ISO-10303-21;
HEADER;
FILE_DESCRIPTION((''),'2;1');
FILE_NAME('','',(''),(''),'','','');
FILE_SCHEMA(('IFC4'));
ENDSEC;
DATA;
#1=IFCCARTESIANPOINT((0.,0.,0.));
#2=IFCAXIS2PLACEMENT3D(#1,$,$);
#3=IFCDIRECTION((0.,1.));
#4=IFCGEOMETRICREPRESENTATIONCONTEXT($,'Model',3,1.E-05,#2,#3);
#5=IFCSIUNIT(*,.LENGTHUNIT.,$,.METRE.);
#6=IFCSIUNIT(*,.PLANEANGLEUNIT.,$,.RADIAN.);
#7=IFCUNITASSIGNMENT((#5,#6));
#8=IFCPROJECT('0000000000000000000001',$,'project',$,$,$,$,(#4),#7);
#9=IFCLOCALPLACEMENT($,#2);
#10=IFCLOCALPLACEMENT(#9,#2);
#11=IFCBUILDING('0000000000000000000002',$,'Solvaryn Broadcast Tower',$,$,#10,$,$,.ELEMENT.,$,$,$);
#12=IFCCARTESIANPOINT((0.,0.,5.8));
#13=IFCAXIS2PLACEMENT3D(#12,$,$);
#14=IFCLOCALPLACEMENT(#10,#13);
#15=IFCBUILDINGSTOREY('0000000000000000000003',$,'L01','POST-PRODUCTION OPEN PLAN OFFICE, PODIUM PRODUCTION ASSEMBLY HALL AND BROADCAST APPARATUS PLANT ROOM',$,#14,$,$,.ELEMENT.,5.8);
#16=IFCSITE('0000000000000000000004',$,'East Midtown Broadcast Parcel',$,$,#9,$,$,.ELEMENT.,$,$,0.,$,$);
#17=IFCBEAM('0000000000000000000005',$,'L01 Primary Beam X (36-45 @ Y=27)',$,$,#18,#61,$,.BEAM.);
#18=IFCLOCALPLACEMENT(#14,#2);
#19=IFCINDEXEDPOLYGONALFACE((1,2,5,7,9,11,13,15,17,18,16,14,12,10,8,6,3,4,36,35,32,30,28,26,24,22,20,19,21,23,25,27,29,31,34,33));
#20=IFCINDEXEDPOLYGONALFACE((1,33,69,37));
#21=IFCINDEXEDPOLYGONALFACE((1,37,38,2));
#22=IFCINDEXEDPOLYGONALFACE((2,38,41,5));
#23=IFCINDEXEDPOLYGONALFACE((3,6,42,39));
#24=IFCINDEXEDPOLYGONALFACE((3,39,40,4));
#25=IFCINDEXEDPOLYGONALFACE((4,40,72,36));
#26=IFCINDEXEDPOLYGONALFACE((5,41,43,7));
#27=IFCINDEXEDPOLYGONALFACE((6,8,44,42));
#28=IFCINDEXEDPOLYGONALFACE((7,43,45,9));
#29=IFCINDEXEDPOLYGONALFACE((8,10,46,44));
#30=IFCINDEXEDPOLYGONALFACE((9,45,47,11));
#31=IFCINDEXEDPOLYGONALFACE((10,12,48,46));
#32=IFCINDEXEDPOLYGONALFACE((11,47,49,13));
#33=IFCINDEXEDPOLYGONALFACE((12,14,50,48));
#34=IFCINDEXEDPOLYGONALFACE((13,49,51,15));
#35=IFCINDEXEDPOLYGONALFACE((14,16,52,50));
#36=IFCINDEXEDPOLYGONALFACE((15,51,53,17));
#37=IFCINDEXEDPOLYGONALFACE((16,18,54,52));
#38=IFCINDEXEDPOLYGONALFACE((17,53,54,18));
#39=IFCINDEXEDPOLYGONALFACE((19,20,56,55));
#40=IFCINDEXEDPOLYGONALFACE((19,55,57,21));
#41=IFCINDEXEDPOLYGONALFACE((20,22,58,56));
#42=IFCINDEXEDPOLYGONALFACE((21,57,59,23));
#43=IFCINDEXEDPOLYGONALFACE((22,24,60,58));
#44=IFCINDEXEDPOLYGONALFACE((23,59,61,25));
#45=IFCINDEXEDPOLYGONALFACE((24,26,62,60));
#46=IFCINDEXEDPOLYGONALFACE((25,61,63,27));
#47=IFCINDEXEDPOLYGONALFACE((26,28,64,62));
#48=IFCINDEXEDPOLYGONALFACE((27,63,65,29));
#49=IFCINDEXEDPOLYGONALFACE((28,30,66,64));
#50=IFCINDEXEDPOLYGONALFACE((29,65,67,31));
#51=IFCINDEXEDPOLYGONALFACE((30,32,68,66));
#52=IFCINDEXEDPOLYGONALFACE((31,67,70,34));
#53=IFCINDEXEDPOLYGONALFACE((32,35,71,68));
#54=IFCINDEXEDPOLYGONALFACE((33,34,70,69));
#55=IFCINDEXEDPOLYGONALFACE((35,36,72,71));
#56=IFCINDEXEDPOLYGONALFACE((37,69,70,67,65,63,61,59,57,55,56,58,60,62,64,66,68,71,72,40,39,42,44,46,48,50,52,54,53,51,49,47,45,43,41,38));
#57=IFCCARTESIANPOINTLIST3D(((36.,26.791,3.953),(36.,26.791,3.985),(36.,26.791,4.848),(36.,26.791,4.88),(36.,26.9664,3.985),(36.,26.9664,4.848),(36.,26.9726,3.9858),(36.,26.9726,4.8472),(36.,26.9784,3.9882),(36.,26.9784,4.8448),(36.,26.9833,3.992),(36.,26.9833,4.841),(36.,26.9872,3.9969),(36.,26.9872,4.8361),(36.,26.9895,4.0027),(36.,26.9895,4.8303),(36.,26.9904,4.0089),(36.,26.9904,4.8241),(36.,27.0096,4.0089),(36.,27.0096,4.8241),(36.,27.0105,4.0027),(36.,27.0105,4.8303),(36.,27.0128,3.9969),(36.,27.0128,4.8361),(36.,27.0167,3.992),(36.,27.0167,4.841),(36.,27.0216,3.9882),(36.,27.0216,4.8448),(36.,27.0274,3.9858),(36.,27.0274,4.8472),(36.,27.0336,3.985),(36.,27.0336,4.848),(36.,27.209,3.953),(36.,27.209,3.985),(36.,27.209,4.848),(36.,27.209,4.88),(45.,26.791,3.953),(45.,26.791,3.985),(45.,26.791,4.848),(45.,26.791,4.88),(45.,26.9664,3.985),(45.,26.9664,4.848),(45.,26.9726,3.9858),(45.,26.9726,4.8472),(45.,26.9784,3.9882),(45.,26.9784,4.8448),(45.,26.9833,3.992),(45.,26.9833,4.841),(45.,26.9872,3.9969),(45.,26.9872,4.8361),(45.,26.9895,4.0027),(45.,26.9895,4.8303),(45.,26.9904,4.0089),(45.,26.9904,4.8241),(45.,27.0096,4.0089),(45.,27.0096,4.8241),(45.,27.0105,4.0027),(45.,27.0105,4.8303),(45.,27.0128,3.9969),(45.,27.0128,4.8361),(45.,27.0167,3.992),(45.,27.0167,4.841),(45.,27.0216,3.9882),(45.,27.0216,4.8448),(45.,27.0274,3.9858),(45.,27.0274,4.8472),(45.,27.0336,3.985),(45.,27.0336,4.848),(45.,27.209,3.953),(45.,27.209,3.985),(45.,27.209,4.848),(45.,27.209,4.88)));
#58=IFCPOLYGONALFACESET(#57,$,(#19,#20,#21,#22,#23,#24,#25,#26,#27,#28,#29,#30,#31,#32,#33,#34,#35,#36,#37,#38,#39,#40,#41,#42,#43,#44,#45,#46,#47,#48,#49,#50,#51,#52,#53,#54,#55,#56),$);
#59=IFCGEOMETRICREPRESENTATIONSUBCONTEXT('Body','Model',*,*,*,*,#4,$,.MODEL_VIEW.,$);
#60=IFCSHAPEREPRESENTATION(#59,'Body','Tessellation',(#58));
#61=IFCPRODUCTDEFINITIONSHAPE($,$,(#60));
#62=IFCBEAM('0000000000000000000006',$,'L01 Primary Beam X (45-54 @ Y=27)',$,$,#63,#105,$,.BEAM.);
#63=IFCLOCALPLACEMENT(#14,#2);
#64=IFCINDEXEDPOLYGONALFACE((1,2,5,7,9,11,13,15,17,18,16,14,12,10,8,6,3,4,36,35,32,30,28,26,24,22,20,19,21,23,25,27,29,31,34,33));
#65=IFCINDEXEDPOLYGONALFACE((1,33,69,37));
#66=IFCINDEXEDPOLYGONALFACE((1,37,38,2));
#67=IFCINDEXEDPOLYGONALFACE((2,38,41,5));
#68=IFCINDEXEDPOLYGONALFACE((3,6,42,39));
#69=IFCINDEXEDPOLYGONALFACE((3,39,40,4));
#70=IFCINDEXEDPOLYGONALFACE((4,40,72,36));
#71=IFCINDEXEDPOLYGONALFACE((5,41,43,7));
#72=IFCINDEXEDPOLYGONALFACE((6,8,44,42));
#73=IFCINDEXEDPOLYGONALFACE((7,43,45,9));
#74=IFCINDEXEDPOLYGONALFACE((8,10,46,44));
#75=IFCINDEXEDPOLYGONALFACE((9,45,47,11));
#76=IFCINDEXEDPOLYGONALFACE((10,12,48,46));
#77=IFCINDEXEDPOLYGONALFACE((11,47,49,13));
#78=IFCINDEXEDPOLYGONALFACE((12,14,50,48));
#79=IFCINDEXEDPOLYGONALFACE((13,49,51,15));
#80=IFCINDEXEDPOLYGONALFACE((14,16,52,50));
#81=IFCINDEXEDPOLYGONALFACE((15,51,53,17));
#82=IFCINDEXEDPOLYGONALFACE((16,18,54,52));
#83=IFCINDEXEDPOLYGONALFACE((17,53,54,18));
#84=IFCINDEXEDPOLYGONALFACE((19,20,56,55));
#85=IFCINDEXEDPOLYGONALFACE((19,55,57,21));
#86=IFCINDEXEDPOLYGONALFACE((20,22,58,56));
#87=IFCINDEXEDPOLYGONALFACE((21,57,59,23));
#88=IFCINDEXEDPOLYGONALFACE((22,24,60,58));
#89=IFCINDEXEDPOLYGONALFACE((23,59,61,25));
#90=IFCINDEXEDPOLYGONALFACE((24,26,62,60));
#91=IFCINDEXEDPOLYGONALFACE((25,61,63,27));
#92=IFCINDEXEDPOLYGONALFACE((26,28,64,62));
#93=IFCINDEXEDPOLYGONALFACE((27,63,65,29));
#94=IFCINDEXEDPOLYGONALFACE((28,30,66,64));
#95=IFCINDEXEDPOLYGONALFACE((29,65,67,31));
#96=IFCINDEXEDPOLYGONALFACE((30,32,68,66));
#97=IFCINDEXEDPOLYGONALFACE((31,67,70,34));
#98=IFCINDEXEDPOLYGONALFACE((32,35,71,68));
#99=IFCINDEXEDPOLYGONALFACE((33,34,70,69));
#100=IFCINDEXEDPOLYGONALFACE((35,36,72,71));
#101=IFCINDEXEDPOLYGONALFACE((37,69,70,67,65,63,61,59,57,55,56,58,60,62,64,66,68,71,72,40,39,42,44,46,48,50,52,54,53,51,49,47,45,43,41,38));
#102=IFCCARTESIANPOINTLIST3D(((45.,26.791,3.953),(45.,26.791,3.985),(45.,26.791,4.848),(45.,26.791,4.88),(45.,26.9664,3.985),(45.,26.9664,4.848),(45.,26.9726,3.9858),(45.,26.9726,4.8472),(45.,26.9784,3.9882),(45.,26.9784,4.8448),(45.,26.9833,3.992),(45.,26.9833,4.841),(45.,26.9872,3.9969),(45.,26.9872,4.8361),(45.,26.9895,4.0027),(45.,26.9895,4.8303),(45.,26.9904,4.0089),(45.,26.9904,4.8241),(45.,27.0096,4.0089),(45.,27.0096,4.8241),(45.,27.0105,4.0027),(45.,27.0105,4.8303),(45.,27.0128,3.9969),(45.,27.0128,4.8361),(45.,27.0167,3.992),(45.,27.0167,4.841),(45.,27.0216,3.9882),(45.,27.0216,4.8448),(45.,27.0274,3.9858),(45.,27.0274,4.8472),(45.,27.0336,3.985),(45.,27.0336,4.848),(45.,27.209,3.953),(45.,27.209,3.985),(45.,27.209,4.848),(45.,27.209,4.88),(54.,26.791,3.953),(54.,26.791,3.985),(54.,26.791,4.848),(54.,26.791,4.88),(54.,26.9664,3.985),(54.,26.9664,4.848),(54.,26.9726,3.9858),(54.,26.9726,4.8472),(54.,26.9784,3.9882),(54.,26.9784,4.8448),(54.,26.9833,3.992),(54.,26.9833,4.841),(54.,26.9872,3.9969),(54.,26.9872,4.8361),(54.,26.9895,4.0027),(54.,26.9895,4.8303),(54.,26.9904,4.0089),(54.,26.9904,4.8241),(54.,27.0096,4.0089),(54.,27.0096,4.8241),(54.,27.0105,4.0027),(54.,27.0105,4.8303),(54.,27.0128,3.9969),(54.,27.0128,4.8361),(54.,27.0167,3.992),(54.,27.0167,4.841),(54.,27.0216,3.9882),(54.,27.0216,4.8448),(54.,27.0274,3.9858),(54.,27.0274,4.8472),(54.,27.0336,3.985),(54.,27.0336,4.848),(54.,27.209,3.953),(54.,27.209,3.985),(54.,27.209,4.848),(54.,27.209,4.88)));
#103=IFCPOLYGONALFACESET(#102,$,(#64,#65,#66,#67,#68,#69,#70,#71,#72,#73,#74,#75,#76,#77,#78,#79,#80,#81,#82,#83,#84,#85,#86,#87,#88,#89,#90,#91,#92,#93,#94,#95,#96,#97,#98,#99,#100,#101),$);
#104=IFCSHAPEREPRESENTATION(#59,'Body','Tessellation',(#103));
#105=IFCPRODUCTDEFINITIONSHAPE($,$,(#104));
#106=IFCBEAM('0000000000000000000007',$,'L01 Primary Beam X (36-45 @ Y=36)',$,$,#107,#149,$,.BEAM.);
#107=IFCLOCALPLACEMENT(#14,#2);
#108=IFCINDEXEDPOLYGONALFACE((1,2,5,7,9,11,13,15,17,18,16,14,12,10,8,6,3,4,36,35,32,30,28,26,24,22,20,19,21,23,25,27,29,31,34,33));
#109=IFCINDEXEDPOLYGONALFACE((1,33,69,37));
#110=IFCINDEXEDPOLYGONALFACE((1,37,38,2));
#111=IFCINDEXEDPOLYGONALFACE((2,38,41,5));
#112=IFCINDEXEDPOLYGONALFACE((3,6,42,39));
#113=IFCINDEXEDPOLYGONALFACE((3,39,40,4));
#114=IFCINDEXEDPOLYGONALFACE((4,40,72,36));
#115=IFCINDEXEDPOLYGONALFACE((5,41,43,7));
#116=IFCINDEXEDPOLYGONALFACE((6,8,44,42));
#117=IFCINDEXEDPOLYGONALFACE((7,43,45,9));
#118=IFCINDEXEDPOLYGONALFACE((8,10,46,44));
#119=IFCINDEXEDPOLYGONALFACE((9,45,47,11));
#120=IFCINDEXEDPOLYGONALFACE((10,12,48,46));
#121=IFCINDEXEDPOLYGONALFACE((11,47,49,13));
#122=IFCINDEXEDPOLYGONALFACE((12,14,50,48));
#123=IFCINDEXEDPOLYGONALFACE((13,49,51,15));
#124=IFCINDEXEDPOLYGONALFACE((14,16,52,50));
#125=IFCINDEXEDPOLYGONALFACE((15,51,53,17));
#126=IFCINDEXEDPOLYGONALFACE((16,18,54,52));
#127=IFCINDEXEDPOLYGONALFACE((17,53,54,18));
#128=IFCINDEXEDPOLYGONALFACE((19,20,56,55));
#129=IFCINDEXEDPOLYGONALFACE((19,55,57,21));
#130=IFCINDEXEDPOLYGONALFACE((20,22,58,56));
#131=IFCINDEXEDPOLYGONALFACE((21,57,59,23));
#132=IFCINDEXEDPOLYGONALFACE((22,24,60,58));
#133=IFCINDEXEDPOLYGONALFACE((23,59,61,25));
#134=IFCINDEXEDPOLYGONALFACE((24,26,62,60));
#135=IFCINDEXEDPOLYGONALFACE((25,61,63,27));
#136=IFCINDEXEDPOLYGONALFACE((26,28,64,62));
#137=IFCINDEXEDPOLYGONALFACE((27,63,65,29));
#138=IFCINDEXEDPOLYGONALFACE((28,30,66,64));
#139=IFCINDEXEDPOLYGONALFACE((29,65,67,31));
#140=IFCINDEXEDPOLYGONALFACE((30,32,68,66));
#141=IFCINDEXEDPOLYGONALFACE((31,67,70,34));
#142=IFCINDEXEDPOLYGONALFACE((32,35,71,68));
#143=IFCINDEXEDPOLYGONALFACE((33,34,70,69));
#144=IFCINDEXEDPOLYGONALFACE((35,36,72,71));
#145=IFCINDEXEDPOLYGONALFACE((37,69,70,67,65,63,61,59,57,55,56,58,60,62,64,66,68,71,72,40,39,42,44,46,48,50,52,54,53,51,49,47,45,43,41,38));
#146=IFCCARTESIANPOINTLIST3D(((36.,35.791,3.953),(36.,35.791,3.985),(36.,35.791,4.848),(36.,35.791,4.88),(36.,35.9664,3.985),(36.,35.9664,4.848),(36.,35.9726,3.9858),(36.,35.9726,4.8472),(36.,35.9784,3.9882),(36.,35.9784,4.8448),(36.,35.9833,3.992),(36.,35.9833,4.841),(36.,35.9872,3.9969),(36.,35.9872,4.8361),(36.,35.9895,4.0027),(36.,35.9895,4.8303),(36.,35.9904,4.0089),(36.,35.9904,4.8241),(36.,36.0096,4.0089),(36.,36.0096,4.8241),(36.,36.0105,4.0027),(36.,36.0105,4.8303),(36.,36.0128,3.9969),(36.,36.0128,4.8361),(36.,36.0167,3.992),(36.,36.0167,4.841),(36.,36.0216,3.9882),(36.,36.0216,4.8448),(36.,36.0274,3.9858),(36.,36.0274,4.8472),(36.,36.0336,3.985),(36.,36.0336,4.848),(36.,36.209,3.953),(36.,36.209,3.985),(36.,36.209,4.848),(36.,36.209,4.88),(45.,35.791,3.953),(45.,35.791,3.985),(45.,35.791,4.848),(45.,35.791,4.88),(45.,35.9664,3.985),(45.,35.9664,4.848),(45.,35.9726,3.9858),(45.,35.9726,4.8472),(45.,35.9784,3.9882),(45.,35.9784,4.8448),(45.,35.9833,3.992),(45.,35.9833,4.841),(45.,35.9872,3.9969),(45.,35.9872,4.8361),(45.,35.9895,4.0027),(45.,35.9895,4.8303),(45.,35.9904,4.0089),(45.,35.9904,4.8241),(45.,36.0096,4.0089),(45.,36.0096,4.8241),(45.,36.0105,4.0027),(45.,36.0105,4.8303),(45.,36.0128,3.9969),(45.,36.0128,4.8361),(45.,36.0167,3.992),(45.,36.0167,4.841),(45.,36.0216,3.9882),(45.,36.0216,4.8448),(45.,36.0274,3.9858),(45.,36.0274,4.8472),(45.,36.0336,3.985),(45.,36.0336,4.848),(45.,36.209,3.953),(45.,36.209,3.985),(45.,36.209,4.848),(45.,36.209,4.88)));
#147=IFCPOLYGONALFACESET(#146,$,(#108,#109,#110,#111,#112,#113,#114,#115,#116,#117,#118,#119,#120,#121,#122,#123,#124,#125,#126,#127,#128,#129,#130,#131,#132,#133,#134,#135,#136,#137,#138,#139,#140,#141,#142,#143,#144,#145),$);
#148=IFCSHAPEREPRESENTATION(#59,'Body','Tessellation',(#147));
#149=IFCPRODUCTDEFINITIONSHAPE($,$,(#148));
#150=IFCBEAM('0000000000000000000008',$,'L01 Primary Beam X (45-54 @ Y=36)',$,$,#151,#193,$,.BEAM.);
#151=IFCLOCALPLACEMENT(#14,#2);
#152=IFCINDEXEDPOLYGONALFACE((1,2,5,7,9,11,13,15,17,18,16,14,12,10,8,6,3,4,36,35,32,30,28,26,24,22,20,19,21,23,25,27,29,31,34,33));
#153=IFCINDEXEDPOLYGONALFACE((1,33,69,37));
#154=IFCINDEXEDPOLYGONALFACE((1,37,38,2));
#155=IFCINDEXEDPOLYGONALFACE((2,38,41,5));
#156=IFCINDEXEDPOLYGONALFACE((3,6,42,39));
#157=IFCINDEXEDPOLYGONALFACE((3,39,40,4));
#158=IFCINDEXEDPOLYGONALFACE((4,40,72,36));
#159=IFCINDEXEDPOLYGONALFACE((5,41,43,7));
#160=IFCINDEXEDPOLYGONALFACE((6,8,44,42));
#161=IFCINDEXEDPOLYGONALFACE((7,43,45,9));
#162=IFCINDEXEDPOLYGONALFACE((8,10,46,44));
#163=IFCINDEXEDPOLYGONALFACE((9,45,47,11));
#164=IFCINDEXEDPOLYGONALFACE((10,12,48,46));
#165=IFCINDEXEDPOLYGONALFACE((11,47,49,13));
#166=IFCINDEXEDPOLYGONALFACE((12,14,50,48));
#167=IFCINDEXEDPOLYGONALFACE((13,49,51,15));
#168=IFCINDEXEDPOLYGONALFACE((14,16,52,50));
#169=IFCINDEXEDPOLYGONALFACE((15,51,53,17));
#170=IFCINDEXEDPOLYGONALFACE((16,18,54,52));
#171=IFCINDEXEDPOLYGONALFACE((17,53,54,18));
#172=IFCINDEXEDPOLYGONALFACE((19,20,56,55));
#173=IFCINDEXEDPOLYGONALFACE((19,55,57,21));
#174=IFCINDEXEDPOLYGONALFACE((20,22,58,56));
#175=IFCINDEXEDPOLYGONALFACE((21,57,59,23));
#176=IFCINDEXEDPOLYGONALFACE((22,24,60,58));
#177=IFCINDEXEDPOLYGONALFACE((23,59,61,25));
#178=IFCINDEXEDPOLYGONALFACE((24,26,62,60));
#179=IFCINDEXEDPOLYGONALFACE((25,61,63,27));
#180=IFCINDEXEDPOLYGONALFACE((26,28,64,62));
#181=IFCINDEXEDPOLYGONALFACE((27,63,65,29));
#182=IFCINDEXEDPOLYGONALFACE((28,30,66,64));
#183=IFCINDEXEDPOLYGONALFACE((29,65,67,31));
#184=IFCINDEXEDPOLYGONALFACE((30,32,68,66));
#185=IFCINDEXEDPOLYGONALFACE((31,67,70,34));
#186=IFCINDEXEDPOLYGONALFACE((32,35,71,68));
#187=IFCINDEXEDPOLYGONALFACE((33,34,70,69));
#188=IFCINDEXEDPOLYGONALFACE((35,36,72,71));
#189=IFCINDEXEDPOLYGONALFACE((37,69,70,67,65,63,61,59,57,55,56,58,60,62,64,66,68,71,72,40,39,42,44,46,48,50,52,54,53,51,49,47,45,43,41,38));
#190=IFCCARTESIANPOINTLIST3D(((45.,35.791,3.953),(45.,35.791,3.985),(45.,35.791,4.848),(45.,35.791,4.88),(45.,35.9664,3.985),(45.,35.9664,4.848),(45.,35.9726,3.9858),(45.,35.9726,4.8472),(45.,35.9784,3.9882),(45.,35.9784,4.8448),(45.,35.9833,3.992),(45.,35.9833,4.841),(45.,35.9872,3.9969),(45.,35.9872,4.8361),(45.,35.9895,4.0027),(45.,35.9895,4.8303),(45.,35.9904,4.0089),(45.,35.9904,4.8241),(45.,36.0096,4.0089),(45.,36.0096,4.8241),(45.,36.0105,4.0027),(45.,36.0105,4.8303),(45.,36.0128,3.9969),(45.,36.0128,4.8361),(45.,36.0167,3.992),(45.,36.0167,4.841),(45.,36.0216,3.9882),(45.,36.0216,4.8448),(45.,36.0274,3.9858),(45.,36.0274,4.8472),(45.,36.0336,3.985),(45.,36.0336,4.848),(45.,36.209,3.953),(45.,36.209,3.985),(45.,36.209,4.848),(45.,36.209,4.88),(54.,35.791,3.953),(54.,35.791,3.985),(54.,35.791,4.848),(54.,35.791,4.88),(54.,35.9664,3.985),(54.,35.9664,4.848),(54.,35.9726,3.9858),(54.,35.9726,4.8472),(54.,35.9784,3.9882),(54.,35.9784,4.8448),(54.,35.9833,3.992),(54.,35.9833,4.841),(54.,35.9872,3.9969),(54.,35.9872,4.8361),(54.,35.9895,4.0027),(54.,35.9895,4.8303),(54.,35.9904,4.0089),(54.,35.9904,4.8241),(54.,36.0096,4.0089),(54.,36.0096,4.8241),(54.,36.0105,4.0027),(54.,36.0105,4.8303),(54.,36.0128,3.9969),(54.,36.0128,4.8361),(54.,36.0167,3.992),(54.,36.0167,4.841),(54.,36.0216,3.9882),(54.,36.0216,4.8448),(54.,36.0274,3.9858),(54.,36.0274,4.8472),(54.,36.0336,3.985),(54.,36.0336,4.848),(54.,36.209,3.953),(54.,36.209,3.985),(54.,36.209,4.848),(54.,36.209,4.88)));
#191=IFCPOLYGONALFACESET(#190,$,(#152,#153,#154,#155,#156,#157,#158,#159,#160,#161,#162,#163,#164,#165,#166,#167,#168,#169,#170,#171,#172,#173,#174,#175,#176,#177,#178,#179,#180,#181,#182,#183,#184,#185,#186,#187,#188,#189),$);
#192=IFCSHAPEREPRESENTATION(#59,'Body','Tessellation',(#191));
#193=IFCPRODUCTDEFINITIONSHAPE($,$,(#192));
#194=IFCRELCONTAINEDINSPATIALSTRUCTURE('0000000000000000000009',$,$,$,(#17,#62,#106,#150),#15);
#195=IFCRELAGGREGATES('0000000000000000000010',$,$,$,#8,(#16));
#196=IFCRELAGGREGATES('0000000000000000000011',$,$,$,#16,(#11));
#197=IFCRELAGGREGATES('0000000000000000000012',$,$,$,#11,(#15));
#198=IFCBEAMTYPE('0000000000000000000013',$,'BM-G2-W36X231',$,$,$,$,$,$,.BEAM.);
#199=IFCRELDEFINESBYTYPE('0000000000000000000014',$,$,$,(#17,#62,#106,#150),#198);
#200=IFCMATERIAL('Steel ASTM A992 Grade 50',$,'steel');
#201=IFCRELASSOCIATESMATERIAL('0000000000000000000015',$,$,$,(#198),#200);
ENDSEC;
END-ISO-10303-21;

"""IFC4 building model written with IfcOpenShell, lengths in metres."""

from ifc_helpers import new_model, si_unit, direction, frame, origin, origin_2d, place, context, subcontext, project, spatial, i_section, extrude, material, material_profile, profile_set, type_object, element, save


model = new_model("IFC4")

# Units and contexts
model_context = context("Model", 3, precision=1e-05, world=origin(), true_north=direction((0.0, 1.0)))
body_context = subcontext(model_context, "Body", "Model", "MODEL_VIEW")
ifc_project = project(units=[si_unit("LENGTHUNIT", "METRE"), si_unit("PLANEANGLEUNIT", "RADIAN")], contexts=[model_context])

# Site, building, storey
site_placement = place(None, origin())
site = spatial("IfcSite", under=ifc_project, at=site_placement, Name="East Midtown Broadcast Parcel", CompositionType="ELEMENT", RefElevation=0.0)
building_placement = place(site_placement, origin())
building = spatial("IfcBuilding", under=site, at=building_placement, Name="Solvaryn Broadcast Tower", CompositionType="ELEMENT")
storey_placement = place(building_placement, frame((0.0, 0.0, 5.8)))
storey = spatial("IfcBuildingStorey", under=building, at=storey_placement, Name="L01", Description="POST-PRODUCTION OPEN PLAN OFFICE, PODIUM PRODUCTION ASSEMBLY HALL AND BROADCAST APPARATUS PLANT ROOM", CompositionType="ELEMENT", Elevation=5.8)

# Beams
ifc_material_1 = material(Name="Steel ASTM A992 Grade 50", Category="steel")
ifc_material_profile_1 = material_profile(ifc_material_1, i_section(OverallWidth=0.418, OverallDepth=0.927, WebThickness=0.0193, FlangeThickness=0.032, FilletRadius=0.0239, at=origin_2d()))
ifc_profile_set_1 = profile_set([ifc_material_profile_1], Name="Steel ASTM A992 Grade 50")
beam_type_1 = type_object("IfcBeamType", Name="BM-G2-W36X231", PredefinedType="BEAM", material=ifc_profile_set_1)
for number, where, z_axis, x_axis, name in (
    (1, (36.0, 27.0, 4.4165), (1.0, 0.0, 0.0), (0.0, 1.0, 0.0), "L01 Primary Beam X (36-45 @ Y=27)"),
    (2, (45.0, 27.0, 4.4165), (1.0, 0.0, 0.0), (0.0, 1.0, 0.0), "L01 Primary Beam X (45-54 @ Y=27)"),
    (3, (36.0, 36.0, 4.4165), (1.0, 0.0, 0.0), (0.0, 1.0, 0.0), "L01 Primary Beam X (36-45 @ Y=36)"),
    (4, (45.0, 36.0, 4.4165), (1.0, 0.0, 0.0), (0.0, 1.0, 0.0), "L01 Primary Beam X (45-54 @ Y=36)"),
):
    element("IfcBeam", number, at=place(storey_placement, frame(where, z_axis=z_axis, x_axis=x_axis)), inside=storey, type_object=beam_type_1, Name=name, PredefinedType="BEAM", context=body_context, shape_type="SweptSolid", body=[
        extrude(i_section(OverallWidth=0.418, OverallDepth=0.927, WebThickness=0.0193, FlangeThickness=0.032, FilletRadius=0.0239, at=origin_2d()), origin(), (0.0, 0.0, 1.0), 9.0),
    ])

save(model, "model.ifc")
